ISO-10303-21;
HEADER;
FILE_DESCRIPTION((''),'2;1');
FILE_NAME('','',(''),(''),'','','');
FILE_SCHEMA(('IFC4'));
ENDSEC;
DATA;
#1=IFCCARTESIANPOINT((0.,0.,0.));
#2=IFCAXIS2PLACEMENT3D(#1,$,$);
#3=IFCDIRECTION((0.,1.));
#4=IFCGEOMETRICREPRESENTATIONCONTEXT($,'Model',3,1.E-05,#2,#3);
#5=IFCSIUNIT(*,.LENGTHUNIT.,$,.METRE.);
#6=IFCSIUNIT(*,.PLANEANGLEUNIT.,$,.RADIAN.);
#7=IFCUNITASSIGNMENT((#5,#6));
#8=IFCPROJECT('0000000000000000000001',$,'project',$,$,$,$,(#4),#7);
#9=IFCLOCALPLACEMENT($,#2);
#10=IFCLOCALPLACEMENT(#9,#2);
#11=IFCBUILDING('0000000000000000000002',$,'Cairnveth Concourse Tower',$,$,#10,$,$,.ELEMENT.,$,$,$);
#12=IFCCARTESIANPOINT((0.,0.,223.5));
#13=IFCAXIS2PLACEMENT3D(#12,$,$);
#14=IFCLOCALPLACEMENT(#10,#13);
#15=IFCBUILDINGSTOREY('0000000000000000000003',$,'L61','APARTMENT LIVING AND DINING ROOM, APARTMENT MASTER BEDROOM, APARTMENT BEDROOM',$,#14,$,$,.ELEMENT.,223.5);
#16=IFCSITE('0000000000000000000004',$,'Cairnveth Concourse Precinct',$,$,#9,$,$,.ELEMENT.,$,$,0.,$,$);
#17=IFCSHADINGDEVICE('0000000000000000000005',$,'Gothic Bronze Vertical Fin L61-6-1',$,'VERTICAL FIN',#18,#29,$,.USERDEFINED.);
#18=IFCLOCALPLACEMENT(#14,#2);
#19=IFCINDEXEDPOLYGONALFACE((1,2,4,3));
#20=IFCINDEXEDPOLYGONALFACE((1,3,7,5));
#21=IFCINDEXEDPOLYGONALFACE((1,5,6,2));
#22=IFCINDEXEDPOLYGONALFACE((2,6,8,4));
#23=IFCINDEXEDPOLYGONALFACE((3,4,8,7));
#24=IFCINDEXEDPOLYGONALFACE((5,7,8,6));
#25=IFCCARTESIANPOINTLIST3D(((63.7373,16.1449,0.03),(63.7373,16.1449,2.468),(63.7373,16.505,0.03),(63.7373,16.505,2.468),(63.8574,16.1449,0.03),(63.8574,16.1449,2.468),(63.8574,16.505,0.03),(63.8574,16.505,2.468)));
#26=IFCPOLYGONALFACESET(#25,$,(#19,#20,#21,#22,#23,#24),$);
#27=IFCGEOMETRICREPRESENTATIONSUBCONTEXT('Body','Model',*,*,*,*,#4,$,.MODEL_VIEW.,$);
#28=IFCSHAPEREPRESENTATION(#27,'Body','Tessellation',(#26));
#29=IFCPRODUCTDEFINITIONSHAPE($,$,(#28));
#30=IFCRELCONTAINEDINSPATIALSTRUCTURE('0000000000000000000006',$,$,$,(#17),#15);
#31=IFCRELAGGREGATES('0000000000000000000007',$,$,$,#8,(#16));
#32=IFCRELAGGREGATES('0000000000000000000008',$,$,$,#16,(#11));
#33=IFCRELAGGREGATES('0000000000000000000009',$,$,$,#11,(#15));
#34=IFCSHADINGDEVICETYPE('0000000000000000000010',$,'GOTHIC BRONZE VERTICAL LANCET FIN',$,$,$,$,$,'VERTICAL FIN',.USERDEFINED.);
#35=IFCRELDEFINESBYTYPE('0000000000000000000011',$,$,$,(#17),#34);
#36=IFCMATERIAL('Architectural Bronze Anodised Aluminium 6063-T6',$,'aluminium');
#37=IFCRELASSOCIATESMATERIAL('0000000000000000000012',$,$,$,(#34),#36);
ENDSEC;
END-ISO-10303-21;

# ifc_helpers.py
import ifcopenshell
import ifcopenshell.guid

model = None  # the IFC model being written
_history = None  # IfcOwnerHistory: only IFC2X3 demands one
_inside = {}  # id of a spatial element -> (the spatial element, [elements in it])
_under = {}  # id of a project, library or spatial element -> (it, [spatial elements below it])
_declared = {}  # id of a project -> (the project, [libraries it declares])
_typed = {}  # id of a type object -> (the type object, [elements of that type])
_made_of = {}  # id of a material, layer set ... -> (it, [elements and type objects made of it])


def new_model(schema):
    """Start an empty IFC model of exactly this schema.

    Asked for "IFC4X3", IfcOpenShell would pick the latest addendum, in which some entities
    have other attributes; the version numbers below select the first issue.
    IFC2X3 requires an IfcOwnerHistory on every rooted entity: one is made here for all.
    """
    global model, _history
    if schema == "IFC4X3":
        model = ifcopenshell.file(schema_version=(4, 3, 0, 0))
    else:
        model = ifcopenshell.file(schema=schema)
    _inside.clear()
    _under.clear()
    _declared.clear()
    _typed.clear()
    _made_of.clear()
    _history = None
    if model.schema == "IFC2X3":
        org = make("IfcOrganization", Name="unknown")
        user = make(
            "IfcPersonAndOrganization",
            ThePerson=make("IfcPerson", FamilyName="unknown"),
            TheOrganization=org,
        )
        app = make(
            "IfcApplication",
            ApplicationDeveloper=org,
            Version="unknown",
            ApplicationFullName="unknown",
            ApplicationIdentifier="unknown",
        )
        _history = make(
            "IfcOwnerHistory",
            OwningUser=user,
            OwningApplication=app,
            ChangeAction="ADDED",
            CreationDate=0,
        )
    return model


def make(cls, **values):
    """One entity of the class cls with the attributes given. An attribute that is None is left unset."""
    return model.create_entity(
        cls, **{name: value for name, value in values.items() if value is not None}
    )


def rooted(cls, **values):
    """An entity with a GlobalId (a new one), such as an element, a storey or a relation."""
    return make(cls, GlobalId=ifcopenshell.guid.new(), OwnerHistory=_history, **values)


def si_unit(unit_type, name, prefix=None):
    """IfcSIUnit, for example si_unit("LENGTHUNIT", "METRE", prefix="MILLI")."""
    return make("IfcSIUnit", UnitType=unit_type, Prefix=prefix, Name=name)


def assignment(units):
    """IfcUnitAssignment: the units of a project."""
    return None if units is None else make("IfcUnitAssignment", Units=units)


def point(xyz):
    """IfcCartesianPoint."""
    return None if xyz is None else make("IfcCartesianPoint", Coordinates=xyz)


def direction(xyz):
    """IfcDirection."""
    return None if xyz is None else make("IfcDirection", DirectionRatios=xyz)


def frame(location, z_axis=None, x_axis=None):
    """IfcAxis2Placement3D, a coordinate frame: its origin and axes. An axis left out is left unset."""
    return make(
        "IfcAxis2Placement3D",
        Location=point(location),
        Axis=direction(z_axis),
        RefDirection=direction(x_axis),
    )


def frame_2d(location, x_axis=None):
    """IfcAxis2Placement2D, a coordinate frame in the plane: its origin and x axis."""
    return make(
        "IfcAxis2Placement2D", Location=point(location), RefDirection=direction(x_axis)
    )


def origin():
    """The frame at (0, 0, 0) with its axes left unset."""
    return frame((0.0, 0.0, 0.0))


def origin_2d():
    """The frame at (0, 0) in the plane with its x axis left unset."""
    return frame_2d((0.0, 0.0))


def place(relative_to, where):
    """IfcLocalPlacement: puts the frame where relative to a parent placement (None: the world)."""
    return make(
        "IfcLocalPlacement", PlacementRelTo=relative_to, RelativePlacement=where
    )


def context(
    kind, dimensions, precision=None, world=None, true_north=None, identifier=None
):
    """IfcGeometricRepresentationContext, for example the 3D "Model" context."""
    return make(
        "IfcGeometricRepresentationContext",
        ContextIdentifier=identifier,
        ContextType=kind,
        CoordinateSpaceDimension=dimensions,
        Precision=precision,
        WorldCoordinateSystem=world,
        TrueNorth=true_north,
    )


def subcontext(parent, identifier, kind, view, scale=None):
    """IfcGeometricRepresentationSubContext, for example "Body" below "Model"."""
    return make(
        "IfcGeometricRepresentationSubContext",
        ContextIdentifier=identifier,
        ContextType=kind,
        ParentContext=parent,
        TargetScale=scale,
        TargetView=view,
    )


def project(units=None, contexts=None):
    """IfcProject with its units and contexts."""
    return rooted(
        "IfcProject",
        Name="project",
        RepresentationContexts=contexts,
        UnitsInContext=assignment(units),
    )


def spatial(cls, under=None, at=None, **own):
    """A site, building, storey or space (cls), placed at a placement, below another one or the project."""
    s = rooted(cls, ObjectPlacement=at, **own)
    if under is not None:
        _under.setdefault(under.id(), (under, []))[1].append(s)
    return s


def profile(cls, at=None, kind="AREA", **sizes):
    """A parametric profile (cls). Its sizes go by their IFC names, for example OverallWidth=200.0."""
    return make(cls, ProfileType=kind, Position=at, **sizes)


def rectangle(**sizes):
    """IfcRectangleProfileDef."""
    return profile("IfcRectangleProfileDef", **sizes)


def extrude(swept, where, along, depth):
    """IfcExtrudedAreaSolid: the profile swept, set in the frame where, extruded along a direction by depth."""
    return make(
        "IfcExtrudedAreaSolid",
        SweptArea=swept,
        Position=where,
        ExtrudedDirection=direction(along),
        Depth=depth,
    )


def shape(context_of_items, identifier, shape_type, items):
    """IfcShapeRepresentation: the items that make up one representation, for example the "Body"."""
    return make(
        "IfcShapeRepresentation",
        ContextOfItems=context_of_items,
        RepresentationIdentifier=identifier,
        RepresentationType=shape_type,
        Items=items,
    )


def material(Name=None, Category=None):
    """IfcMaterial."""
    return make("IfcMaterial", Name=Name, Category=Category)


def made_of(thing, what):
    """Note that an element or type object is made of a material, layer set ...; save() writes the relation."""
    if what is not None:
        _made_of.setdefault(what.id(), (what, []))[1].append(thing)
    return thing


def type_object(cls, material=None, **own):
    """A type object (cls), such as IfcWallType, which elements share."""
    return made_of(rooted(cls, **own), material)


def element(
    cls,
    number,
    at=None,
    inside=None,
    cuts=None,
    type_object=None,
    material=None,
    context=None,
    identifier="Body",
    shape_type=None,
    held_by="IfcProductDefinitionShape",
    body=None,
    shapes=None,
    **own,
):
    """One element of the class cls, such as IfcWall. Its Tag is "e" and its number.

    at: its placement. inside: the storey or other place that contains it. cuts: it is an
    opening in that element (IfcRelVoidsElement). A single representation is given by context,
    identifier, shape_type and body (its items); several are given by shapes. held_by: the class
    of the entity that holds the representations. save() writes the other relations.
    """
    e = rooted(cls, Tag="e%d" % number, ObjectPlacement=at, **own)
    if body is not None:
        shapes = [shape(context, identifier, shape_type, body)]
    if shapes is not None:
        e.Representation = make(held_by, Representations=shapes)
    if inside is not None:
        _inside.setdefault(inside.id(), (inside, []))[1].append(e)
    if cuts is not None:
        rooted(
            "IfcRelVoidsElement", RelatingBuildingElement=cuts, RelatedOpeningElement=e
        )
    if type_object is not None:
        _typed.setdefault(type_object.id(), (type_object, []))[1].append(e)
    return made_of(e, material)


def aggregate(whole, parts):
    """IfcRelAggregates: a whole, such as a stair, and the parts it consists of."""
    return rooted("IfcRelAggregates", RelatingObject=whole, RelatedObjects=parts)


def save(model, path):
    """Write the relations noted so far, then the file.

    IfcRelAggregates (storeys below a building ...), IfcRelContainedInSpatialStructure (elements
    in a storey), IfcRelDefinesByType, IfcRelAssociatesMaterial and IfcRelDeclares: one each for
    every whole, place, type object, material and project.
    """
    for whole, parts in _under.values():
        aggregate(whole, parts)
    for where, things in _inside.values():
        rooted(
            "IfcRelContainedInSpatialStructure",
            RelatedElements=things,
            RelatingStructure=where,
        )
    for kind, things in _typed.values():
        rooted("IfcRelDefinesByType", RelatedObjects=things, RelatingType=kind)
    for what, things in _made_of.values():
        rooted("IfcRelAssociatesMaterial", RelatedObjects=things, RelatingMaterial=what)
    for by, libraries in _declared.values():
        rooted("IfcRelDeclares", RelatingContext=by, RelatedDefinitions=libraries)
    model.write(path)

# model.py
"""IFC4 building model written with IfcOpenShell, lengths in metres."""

from ifc_helpers import new_model, si_unit, direction, frame, origin, origin_2d, place, context, subcontext, project, spatial, rectangle, extrude, material, type_object, element, save


model = new_model("IFC4")

# Units and contexts
model_context = context("Model", 3, precision=1e-05, world=origin(), true_north=direction((0.0, 1.0)))
body_context = subcontext(model_context, "Body", "Model", "MODEL_VIEW")
ifc_project = project(units=[si_unit("LENGTHUNIT", "METRE"), si_unit("PLANEANGLEUNIT", "RADIAN")], contexts=[model_context])

# Site, building, storey
site_placement = place(None, origin())
site = spatial("IfcSite", under=ifc_project, at=site_placement, Name="Cairnveth Concourse Precinct", CompositionType="ELEMENT", RefElevation=0.0)
building_placement = place(site_placement, origin())
building = spatial("IfcBuilding", under=site, at=building_placement, Name="Cairnveth Concourse Tower", CompositionType="ELEMENT")
storey_placement = place(building_placement, frame((0.0, 0.0, 223.5)))
storey = spatial("IfcBuildingStorey", under=building, at=storey_placement, Name="L61", Description="APARTMENT LIVING AND DINING ROOM, APARTMENT MASTER BEDROOM, APARTMENT BEDROOM", CompositionType="ELEMENT", Elevation=223.5)

# Shading device
ifc_material_1 = material(Name="Architectural Bronze Anodised Aluminium 6063-T6", Category="aluminium")
shading_device_type = type_object("IfcShadingDeviceType", Name="GOTHIC BRONZE VERTICAL LANCET FIN", ElementType="VERTICAL FIN", PredefinedType="USERDEFINED", material=ifc_material_1)
shading_device_placement = place(storey_placement, frame((63.7974, 16.325, 0.03), z_axis=(0.0, 0.0, 1.0), x_axis=(1.0, 0.0, 0.0)))
element("IfcShadingDevice", 1, at=shading_device_placement, inside=storey, type_object=shading_device_type, Name="Gothic Bronze Vertical Fin L61-6-1", ObjectType="VERTICAL FIN", PredefinedType="USERDEFINED", context=body_context, shape_type="SweptSolid", body=[
    extrude(rectangle(XDim=0.1201, YDim=0.3601, at=origin_2d()), origin(), (0.0, 0.0, 1.0), 2.438),
])

save(model, "model.ifc")
